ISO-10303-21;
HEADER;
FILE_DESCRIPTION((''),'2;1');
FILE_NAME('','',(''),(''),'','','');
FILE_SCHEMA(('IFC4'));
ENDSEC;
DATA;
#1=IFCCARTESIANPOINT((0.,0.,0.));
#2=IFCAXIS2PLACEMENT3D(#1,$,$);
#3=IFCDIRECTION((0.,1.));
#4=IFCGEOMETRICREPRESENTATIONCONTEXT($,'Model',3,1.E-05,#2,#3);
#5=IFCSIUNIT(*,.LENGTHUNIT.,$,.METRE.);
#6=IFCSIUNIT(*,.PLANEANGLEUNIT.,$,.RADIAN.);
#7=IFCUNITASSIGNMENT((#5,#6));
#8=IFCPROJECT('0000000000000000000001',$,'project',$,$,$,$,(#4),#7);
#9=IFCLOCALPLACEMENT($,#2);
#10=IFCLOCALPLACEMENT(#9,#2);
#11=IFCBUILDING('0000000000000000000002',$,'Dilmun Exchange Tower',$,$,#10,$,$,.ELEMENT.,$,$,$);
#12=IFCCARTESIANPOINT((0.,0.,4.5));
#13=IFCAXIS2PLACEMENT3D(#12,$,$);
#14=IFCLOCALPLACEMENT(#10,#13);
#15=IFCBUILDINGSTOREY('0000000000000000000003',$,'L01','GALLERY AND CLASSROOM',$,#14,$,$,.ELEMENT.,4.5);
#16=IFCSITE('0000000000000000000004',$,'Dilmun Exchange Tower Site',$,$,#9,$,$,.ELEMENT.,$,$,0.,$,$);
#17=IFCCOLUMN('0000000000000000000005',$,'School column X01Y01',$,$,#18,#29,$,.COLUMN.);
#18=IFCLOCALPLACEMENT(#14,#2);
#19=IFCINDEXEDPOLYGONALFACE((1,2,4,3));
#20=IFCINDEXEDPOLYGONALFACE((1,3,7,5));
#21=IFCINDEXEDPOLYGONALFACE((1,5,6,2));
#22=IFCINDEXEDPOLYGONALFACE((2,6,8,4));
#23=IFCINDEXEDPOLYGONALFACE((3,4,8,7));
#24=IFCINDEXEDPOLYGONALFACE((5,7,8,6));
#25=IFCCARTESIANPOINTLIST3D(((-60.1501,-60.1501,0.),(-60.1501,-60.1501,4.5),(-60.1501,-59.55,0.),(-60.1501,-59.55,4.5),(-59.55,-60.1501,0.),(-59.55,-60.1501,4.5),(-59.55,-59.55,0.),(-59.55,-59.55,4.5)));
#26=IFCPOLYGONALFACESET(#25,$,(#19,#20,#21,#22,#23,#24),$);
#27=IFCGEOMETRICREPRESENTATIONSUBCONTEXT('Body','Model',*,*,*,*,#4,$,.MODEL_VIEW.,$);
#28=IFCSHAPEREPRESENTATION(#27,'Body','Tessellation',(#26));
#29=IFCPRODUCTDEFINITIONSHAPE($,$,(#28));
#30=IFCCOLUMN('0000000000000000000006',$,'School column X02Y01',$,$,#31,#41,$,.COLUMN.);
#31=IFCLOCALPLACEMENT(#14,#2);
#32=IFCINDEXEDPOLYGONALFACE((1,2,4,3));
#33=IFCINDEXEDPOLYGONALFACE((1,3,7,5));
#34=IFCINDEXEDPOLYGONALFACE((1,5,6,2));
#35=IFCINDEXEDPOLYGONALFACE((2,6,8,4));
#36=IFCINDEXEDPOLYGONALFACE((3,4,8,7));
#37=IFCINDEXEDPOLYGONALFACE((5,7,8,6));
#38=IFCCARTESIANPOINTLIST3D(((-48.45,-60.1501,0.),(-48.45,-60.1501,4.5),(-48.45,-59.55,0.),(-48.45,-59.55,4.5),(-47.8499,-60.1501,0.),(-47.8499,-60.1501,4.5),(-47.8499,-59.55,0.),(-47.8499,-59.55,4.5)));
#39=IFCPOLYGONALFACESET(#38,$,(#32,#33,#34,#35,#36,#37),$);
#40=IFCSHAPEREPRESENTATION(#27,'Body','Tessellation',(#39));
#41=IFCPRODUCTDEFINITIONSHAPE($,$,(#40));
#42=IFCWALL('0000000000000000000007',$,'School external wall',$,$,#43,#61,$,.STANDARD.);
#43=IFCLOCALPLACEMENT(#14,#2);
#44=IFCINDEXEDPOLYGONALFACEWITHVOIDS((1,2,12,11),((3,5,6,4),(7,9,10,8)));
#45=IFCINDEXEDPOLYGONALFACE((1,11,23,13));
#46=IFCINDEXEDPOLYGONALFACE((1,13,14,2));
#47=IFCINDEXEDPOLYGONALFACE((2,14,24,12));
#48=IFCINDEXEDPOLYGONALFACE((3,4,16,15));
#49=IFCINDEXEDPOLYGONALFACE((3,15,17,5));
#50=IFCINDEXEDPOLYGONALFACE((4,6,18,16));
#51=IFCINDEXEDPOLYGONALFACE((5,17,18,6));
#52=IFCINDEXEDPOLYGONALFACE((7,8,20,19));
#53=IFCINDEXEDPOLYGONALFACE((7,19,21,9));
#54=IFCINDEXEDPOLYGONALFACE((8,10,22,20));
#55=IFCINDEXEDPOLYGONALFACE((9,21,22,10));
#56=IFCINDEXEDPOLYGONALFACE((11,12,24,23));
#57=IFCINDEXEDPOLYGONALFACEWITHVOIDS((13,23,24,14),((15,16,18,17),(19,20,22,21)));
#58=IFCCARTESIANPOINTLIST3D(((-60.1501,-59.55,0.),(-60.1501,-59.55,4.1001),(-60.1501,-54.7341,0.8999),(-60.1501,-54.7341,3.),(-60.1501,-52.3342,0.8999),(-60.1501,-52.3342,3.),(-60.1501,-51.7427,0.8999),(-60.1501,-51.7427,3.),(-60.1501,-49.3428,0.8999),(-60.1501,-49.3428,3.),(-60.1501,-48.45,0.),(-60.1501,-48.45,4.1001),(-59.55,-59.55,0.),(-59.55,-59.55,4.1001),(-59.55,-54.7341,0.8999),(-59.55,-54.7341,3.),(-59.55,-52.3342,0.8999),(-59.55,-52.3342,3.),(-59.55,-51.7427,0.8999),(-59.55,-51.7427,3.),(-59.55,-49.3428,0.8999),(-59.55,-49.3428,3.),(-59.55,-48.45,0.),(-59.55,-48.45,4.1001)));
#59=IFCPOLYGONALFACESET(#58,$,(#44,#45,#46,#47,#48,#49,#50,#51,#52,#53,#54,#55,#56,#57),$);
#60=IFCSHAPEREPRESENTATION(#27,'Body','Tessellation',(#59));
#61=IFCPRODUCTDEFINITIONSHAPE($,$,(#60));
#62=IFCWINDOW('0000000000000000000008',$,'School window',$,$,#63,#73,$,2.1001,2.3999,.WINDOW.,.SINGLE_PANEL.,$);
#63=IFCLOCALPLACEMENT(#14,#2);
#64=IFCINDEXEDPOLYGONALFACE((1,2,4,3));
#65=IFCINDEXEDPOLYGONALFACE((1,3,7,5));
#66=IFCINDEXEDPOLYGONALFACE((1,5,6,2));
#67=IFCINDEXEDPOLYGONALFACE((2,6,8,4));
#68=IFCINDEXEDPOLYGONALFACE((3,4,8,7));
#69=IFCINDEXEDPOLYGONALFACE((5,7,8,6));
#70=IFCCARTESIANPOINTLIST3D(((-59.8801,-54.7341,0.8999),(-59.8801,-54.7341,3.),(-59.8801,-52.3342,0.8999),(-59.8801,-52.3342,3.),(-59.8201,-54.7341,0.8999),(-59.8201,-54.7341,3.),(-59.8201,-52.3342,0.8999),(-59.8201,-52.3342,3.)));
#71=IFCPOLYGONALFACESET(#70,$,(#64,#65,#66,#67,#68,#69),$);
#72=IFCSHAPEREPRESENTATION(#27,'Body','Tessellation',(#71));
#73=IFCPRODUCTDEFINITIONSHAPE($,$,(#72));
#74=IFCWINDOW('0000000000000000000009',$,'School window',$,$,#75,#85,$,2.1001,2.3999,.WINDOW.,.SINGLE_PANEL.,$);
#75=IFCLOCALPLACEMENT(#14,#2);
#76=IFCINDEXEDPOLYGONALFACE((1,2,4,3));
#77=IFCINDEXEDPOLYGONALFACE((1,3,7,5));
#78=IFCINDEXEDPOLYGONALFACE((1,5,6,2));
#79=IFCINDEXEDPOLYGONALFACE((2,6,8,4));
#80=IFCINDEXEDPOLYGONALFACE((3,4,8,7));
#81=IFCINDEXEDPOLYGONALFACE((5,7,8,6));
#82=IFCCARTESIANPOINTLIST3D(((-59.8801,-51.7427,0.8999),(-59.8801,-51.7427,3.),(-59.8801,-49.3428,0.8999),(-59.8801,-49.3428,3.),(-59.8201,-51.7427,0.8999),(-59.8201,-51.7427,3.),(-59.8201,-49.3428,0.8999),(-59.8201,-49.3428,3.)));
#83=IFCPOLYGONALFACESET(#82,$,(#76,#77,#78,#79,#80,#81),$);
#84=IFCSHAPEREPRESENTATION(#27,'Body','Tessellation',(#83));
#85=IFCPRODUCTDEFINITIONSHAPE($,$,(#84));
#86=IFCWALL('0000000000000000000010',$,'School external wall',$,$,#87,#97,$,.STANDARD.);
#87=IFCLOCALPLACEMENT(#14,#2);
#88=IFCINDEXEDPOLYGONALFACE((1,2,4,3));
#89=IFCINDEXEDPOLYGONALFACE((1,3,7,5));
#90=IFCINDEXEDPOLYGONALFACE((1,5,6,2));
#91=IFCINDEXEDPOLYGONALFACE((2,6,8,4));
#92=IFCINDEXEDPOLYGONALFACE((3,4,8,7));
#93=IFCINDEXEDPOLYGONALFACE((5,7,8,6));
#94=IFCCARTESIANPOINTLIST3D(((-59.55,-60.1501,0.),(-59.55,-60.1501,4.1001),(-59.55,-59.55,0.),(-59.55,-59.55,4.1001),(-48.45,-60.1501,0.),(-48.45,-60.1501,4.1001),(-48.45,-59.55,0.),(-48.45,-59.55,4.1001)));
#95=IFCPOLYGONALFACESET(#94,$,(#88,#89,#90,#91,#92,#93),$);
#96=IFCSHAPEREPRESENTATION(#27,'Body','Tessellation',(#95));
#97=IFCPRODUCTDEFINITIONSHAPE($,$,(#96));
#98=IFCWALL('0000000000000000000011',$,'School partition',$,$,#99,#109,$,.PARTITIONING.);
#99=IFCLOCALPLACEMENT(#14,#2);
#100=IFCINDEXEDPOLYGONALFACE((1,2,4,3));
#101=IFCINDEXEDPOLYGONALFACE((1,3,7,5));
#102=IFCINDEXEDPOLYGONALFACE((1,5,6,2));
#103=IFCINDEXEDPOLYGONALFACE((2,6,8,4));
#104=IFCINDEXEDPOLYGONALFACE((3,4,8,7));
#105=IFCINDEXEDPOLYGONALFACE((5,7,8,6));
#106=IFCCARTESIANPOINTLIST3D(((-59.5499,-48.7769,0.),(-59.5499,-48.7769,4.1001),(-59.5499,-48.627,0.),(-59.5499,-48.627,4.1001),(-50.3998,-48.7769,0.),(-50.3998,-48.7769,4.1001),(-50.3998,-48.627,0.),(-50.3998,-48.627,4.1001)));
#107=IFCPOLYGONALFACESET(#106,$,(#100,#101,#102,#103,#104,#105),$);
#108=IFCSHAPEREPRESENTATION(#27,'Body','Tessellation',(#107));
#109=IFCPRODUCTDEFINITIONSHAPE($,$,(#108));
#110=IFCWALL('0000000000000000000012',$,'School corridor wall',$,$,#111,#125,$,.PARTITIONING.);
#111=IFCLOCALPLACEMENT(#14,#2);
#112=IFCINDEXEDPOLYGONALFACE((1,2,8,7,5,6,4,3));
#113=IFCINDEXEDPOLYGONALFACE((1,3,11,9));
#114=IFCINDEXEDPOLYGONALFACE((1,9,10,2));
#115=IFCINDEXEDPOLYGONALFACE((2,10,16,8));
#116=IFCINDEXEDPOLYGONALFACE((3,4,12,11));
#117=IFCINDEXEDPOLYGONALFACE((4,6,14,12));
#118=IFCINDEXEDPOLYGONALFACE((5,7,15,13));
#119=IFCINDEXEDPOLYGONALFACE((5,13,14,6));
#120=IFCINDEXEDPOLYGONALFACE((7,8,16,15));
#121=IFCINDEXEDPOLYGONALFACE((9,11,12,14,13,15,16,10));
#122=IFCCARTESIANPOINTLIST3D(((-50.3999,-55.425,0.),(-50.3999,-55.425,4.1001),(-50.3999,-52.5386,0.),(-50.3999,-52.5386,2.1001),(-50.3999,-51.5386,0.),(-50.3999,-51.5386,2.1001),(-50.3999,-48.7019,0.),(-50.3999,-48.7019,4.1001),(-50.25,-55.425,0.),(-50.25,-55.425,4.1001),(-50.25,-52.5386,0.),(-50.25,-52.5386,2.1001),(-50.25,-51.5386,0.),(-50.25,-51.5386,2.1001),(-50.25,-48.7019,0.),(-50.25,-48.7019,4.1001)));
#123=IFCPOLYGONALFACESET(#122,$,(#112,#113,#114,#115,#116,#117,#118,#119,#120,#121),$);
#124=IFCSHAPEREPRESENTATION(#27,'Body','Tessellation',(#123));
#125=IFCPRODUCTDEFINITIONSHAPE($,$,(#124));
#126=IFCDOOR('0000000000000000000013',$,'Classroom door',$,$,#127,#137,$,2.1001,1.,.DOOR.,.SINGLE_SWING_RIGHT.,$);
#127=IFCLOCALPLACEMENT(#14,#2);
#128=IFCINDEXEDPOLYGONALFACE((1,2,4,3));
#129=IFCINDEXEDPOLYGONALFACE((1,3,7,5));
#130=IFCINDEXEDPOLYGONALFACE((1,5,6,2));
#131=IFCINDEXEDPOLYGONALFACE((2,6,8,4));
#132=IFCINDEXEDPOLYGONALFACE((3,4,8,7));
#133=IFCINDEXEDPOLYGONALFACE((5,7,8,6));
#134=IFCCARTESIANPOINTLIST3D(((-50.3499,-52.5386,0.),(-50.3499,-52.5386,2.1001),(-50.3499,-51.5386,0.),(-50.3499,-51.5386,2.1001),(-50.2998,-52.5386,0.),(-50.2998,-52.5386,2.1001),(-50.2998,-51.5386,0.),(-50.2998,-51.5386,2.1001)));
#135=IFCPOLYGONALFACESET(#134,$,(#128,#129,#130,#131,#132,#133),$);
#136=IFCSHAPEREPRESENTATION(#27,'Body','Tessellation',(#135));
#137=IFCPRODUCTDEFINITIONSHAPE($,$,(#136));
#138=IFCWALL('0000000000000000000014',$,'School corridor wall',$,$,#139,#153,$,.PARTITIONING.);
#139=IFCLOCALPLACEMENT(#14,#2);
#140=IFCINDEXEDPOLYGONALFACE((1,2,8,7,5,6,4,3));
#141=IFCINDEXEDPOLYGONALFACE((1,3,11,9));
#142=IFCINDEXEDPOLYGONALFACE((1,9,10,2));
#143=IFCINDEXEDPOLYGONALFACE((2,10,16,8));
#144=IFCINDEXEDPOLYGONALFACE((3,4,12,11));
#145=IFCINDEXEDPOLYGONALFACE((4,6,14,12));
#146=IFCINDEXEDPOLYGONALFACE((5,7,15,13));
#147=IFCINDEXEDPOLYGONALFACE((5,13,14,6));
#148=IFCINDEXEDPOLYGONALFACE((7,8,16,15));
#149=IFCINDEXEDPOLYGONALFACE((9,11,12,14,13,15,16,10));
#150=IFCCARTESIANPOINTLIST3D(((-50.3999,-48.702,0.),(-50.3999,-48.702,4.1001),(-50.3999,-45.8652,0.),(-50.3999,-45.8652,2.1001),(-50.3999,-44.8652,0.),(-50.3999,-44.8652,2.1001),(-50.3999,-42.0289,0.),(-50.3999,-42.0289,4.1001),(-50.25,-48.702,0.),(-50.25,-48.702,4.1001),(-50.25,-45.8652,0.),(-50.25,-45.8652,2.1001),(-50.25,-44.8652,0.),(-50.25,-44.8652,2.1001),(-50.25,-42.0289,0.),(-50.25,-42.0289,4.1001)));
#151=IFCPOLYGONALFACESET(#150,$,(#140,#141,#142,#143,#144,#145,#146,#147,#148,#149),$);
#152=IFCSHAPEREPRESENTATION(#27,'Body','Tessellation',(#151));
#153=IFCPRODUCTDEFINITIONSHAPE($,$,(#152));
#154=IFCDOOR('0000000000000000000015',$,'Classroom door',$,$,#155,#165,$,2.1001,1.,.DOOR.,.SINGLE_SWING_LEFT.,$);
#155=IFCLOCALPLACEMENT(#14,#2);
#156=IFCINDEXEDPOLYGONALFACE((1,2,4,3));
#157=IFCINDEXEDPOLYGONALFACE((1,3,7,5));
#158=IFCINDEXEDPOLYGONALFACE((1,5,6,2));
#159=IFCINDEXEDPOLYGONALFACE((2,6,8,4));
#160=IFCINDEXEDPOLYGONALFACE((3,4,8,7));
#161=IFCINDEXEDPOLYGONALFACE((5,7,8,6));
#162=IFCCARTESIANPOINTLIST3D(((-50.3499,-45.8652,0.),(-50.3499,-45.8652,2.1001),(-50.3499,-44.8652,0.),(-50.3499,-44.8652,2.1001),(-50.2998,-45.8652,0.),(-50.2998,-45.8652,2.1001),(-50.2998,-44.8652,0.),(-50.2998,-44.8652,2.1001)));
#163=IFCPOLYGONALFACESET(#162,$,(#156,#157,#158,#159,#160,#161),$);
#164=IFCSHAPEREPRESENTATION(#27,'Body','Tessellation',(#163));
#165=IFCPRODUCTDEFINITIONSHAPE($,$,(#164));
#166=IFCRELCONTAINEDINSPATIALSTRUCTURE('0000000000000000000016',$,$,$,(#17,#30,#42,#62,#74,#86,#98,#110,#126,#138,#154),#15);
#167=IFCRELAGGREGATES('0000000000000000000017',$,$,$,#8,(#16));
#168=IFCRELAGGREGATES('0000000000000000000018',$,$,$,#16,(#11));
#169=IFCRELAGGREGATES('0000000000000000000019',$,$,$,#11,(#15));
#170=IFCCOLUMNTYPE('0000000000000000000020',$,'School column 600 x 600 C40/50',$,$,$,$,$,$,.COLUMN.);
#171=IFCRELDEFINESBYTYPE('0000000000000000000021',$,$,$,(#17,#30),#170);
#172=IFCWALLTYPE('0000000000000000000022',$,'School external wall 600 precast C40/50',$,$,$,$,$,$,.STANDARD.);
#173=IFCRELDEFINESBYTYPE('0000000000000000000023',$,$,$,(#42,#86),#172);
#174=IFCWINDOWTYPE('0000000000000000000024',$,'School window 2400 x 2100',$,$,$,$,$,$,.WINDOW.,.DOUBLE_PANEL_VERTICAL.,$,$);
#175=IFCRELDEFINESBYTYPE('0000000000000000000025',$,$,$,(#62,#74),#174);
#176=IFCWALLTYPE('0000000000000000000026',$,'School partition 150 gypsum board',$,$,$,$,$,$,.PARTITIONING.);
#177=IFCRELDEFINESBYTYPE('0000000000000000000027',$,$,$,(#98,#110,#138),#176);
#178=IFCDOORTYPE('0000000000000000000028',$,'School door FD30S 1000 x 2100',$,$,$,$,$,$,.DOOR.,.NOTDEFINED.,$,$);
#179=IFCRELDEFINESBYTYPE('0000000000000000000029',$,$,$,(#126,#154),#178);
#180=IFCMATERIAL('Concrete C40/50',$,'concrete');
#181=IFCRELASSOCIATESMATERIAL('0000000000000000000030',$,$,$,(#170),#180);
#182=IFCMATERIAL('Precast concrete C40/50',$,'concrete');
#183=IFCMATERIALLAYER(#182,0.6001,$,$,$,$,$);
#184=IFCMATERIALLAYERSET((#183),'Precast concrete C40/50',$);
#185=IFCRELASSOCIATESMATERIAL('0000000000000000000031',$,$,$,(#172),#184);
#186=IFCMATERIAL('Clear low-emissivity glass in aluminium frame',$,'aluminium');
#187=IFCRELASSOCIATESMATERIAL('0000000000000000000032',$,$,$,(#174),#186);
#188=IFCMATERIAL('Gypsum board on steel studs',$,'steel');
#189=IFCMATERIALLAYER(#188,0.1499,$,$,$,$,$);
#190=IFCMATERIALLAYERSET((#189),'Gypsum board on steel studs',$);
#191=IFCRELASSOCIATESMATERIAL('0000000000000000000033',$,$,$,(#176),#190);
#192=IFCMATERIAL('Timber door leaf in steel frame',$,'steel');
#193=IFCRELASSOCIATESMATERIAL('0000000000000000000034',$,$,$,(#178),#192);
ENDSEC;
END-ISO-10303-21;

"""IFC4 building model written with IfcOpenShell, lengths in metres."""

from ifc_helpers import new_model, si_unit, direction, frame, frame_2d, origin, origin_2d, place, context, subcontext, project, spatial, rectangle, extrude, material, layer, layer_set, material_profile, profile_set, type_object, element, fill, save


model = new_model("IFC4")

# Units and contexts
model_context = context("Model", 3, precision=1e-05, world=origin(), true_north=direction((0.0, 1.0)))
body_context = subcontext(model_context, "Body", "Model", "MODEL_VIEW")
ifc_project = project(units=[si_unit("LENGTHUNIT", "METRE"), si_unit("PLANEANGLEUNIT", "RADIAN")], contexts=[model_context])

# Site, building, storey
site_placement = place(None, origin())
site = spatial("IfcSite", under=ifc_project, at=site_placement, Name="Dilmun Exchange Tower Site", CompositionType="ELEMENT", RefElevation=0.0)
building_placement = place(site_placement, origin())
building = spatial("IfcBuilding", under=site, at=building_placement, Name="Dilmun Exchange Tower", CompositionType="ELEMENT")
storey_placement = place(building_placement, frame((0.0, 0.0, 4.5)))
storey = spatial("IfcBuildingStorey", under=building, at=storey_placement, Name="L01", Description="GALLERY AND CLASSROOM", CompositionType="ELEMENT", Elevation=4.5)

# Columns
ifc_material_1 = material(Name="Concrete C40/50", Category="concrete")
ifc_material_profile = material_profile(ifc_material_1, rectangle(XDim=0.6001, YDim=0.6001, at=origin_2d()), Name="600 x 600")
ifc_profile_set = profile_set([ifc_material_profile], Name="Concrete C40/50")
column_type = type_object("IfcColumnType", Name="School column 600 x 600 C40/50", PredefinedType="COLUMN", material=ifc_profile_set)
for number, where, z_axis, x_axis, name in (
    (1, (-59.8501, -59.8501, 0.0), (0.0, 0.0, 1.0), (1.0, 0.0, 0.0), "School column X01Y01"),
    (2, (-48.1499, -59.8501, 0.0), (0.0, 0.0, 1.0), (1.0, 0.0, 0.0), "School column X02Y01"),
):
    element("IfcColumn", number, at=place(storey_placement, frame(where, z_axis=z_axis, x_axis=x_axis)), inside=storey, type_object=column_type, Name=name, PredefinedType="COLUMN", context=body_context, shape_type="SweptSolid", body=[
        extrude(rectangle(XDim=0.6001, YDim=0.6001, at=origin_2d()), origin(), (0.0, 0.0, 1.0), 4.5),
    ])

# Wall, openings, windows
ifc_material_2 = material(Name="Precast concrete C40/50", Category="concrete")
ifc_layer_1 = layer(ifc_material_2, 0.6001)
ifc_layer_set_1 = layer_set([ifc_layer_1], Name="Precast concrete C40/50")
wall_type_1 = type_object("IfcWallType", Name="School external wall 600 precast C40/50", PredefinedType="STANDARD", material=ifc_layer_set_1)
wall_1_placement = place(storey_placement, frame((-59.8501, -59.55, 0.0), z_axis=(0.0, 0.0, 1.0), x_axis=(0.0, 1.0, 0.0)))
wall_1 = element("IfcWall", 3, at=wall_1_placement, inside=storey, type_object=wall_type_1, Name="School external wall", PredefinedType="STANDARD", context=body_context, shape_type="SweptSolid", body=[
    extrude(rectangle(XDim=11.1001, YDim=0.6001, at=frame_2d((5.55, 0.0))), origin(), (0.0, 0.0, 1.0), 4.1001),
])
opening_1_placement = place(wall_1_placement, frame((4.8159, 0.0, 0.8999)))
opening_1 = element("IfcOpeningElement", 4, at=opening_1_placement, cuts=wall_1, PredefinedType="OPENING", context=body_context, shape_type="SweptSolid", body=[
    extrude(rectangle(XDim=2.3999, YDim=2.1001, at=frame_2d((1.2, 1.05))), frame((0.0, 0.3101, 0.0), z_axis=(0.0, -1.0, 0.0), x_axis=(1.0, 0.0, 0.0)), (0.0, 0.0, 1.0), 0.6201),
])
opening_2_placement = place(wall_1_placement, frame((7.8074, 0.0, 0.8999)))
opening_2 = element("IfcOpeningElement", 5, at=opening_2_placement, cuts=wall_1, PredefinedType="OPENING", context=body_context, shape_type="SweptSolid", body=[
    extrude(rectangle(XDim=2.3999, YDim=2.1001, at=frame_2d((1.2, 1.05))), frame((0.0, 0.3101, 0.0), z_axis=(0.0, -1.0, 0.0), x_axis=(1.0, 0.0, 0.0)), (0.0, 0.0, 1.0), 0.6201),
])
ifc_material_3 = material(Name="Clear low-emissivity glass in aluminium frame", Category="aluminium")
window_type = type_object("IfcWindowType", Name="School window 2400 x 2100", PartitioningType="DOUBLE_PANEL_VERTICAL", PredefinedType="WINDOW", material=ifc_material_3)
window_1_placement = place(opening_1_placement, origin())
window_1 = element("IfcWindow", 6, at=window_1_placement, inside=storey, type_object=window_type, Name="School window", OverallHeight=2.1001, OverallWidth=2.3999, PartitioningType="SINGLE_PANEL", PredefinedType="WINDOW", context=body_context, shape_type="SweptSolid", body=[
    extrude(rectangle(XDim=2.3999, YDim=2.1001, at=frame_2d((1.2, 1.05))), frame((0.0, 0.03, 0.0), z_axis=(0.0, -1.0, 0.0), x_axis=(1.0, 0.0, 0.0)), (0.0, 0.0, 1.0), 0.0601),
])
fill(opening_1, window_1)
window_2_placement = place(opening_2_placement, origin())
window_2 = element("IfcWindow", 7, at=window_2_placement, inside=storey, type_object=window_type, Name="School window", OverallHeight=2.1001, OverallWidth=2.3999, PartitioningType="SINGLE_PANEL", PredefinedType="WINDOW", context=body_context, shape_type="SweptSolid", body=[
    extrude(rectangle(XDim=2.3999, YDim=2.1001, at=frame_2d((1.2, 1.05))), frame((0.0, 0.03, 0.0), z_axis=(0.0, -1.0, 0.0), x_axis=(1.0, 0.0, 0.0)), (0.0, 0.0, 1.0), 0.0601),
])
fill(opening_2, window_2)

# Walls
wall_2_placement = place(storey_placement, frame((-48.45, -59.8501, 0.0), z_axis=(0.0, 0.0, 1.0), x_axis=(-1.0, 0.0, 0.0)))
element("IfcWall", 8, at=wall_2_placement, inside=storey, type_object=wall_type_1, Name="School external wall", PredefinedType="STANDARD", context=body_context, shape_type="SweptSolid", body=[
    extrude(rectangle(XDim=11.1001, YDim=0.6001, at=frame_2d((5.55, 0.0))), origin(), (0.0, 0.0, 1.0), 4.1001),
])
ifc_material_4 = material(Name="Gypsum board on steel studs", Category="steel")
ifc_layer_2 = layer(ifc_material_4, 0.1499)
ifc_layer_set_2 = layer_set([ifc_layer_2], Name="Gypsum board on steel studs")
wall_type_2 = type_object("IfcWallType", Name="School partition 150 gypsum board", PredefinedType="PARTITIONING", material=ifc_layer_set_2)
wall_3_placement = place(storey_placement, frame((-59.55, -48.7019, 0.0), z_axis=(0.0, 0.0, 1.0), x_axis=(1.0, 0.0, 0.0)))
element("IfcWall", 9, at=wall_3_placement, inside=storey, type_object=wall_type_2, Name="School partition", PredefinedType="PARTITIONING", context=body_context, shape_type="SweptSolid", body=[
    extrude(rectangle(XDim=9.1501, YDim=0.1499, at=frame_2d((4.5752, 0.0))), origin(), (0.0, 0.0, 1.0), 4.1001),
])

# Walls, openings, doors
wall_4_placement = place(storey_placement, frame((-50.325, -55.425, 0.0), z_axis=(0.0, 0.0, 1.0), x_axis=(0.0, 1.0, 0.0)))
wall_4 = element("IfcWall", 10, at=wall_4_placement, inside=storey, type_object=wall_type_2, Name="School corridor wall", PredefinedType="PARTITIONING", context=body_context, shape_type="SweptSolid", body=[
    extrude(rectangle(XDim=6.7231, YDim=0.1499, at=frame_2d((3.3616, 0.0))), origin(), (0.0, 0.0, 1.0), 4.1001),
])
opening_3_placement = place(wall_4_placement, frame((2.8865, 0.0, 0.0)))
opening_3 = element("IfcOpeningElement", 11, at=opening_3_placement, cuts=wall_4, PredefinedType="OPENING", context=body_context, shape_type="SweptSolid", body=[
    extrude(rectangle(XDim=1.0, YDim=2.1001, at=frame_2d((0.5, 1.05))), frame((0.0, 0.085, 0.0), z_axis=(0.0, -1.0, 0.0), x_axis=(1.0, 0.0, 0.0)), (0.0, 0.0, 1.0), 0.1699),
])
ifc_material_5 = material(Name="Timber door leaf in steel frame", Category="steel")
door_type_1 = type_object("IfcDoorType", Name="School door FD30S 1000 x 2100", OperationType="NOTDEFINED", PredefinedType="DOOR", material=ifc_material_5)
door_1_placement = place(opening_3_placement, origin())
door_1 = element("IfcDoor", 12, at=door_1_placement, inside=storey, type_object=door_type_1, Name="Classroom door", OperationType="SINGLE_SWING_RIGHT", OverallHeight=2.1001, OverallWidth=1.0, PredefinedType="DOOR", context=body_context, shape_type="SweptSolid", body=[
    extrude(rectangle(XDim=1.0, YDim=2.1001, at=frame_2d((0.5, 1.05))), frame((0.0, 0.0249, 0.0), z_axis=(0.0, -1.0, 0.0), x_axis=(1.0, 0.0, 0.0)), (0.0, 0.0, 1.0), 0.05),
])
fill(opening_3, door_1)
wall_5_placement = place(storey_placement, frame((-50.325, -48.7019, 0.0), z_axis=(0.0, 0.0, 1.0), x_axis=(0.0, 1.0, 0.0)))
wall_5 = element("IfcWall", 13, at=wall_5_placement, inside=storey, type_object=wall_type_2, Name="School corridor wall", PredefinedType="PARTITIONING", context=body_context, shape_type="SweptSolid", body=[
    extrude(rectangle(XDim=6.6731, YDim=0.1499, at=frame_2d((3.3364, 0.0))), origin(), (0.0, 0.0, 1.0), 4.1001),
])
opening_4_placement = place(wall_5_placement, frame((2.8367, 0.0, 0.0)))
opening_4 = element("IfcOpeningElement", 14, at=opening_4_placement, cuts=wall_5, PredefinedType="OPENING", context=body_context, shape_type="SweptSolid", body=[
    extrude(rectangle(XDim=1.0, YDim=2.1001, at=frame_2d((0.5, 1.05))), frame((0.0, 0.085, 0.0), z_axis=(0.0, -1.0, 0.0), x_axis=(1.0, 0.0, 0.0)), (0.0, 0.0, 1.0), 0.1699),
])
door_2_placement = place(opening_4_placement, origin())
door_2 = element("IfcDoor", 15, at=door_2_placement, inside=storey, type_object=door_type_1, Name="Classroom door", OperationType="SINGLE_SWING_LEFT", OverallHeight=2.1001, OverallWidth=1.0, PredefinedType="DOOR", context=body_context, shape_type="SweptSolid", body=[
    extrude(rectangle(XDim=1.0, YDim=2.1001, at=frame_2d((0.5, 1.05))), frame((0.0, 0.0249, 0.0), z_axis=(0.0, -1.0, 0.0), x_axis=(1.0, 0.0, 0.0)), (0.0, 0.0, 1.0), 0.05),
])
fill(opening_4, door_2)

save(model, "model.ifc")
